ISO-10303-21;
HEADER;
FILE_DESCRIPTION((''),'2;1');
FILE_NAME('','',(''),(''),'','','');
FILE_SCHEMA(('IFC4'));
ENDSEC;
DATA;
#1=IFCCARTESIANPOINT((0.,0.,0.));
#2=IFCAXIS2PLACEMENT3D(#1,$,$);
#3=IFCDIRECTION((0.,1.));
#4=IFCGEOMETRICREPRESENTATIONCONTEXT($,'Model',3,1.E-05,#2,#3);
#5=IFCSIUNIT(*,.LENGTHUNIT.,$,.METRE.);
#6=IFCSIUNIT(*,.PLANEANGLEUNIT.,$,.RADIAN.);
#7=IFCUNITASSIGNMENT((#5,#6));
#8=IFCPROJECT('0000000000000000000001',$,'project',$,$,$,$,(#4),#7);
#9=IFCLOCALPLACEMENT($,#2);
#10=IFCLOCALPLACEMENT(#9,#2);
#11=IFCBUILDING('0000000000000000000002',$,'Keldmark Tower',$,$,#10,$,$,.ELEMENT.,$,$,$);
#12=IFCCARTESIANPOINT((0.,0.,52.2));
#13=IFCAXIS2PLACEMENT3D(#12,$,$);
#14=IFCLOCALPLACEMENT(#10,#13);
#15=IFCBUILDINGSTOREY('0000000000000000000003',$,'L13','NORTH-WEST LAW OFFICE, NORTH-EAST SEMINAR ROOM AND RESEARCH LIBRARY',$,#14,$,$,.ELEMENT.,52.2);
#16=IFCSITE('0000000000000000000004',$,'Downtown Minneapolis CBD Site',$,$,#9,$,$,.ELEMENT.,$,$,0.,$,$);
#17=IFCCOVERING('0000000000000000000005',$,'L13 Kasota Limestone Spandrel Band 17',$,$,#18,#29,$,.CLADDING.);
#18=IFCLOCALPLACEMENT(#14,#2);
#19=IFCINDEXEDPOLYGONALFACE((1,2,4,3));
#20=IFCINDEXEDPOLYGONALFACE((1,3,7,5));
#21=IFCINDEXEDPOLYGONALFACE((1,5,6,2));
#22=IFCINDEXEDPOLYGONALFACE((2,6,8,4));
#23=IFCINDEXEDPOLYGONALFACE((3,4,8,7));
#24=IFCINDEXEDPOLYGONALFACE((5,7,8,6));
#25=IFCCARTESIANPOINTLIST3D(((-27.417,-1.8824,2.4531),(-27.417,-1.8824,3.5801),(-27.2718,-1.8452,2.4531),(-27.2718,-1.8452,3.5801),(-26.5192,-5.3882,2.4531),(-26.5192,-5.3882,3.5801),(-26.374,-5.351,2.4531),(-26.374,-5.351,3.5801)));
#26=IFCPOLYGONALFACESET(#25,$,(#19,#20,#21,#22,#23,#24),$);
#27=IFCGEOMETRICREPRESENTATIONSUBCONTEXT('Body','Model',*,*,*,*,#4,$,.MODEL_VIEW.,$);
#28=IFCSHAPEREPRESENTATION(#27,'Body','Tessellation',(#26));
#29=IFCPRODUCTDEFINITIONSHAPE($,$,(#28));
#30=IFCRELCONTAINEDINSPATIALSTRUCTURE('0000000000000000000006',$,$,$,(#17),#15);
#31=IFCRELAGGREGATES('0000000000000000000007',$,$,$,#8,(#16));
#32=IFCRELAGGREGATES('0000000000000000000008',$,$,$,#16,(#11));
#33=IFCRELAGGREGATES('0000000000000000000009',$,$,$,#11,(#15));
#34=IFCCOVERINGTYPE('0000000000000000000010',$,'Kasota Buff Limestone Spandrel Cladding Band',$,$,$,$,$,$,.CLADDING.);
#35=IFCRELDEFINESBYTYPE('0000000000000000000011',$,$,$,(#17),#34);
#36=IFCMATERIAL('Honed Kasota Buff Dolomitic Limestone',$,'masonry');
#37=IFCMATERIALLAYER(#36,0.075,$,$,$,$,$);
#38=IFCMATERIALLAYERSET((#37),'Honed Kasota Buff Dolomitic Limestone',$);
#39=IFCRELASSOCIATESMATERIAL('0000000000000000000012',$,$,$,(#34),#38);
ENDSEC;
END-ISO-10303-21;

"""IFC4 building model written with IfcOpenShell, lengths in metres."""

from ifc_helpers import new_model, si_unit, direction, frame, origin, origin_2d, place, context, subcontext, project, spatial, rectangle, extrude, material, layer, layer_set, type_object, element, save


model = new_model("IFC4")

# Units and contexts
model_context = context("Model", 3, precision=1e-05, world=origin(), true_north=direction((0.0, 1.0)))
body_context = subcontext(model_context, "Body", "Model", "MODEL_VIEW")
ifc_project = project(units=[si_unit("LENGTHUNIT", "METRE"), si_unit("PLANEANGLEUNIT", "RADIAN")], contexts=[model_context])

# Site, building, storey
site_placement = place(None, origin())
site = spatial("IfcSite", under=ifc_project, at=site_placement, Name="Downtown Minneapolis CBD Site", CompositionType="ELEMENT", RefElevation=0.0)
building_placement = place(site_placement, origin())
building = spatial("IfcBuilding", under=site, at=building_placement, Name="Keldmark Tower", CompositionType="ELEMENT")
storey_placement = place(building_placement, frame((0.0, 0.0, 52.2)))
storey = spatial("IfcBuildingStorey", under=building, at=storey_placement, Name="L13", Description="NORTH-WEST LAW OFFICE, NORTH-EAST SEMINAR ROOM AND RESEARCH LIBRARY", CompositionType="ELEMENT", Elevation=52.2)

# Covering
ifc_material_1 = material(Name="Honed Kasota Buff Dolomitic Limestone", Category="masonry")
ifc_layer_1 = layer(ifc_material_1, 0.075)
ifc_layer_set_1 = layer_set([ifc_layer_1], Name="Honed Kasota Buff Dolomitic Limestone")
covering_type = type_object("IfcCoveringType", Name="Kasota Buff Limestone Spandrel Cladding Band", PredefinedType="CLADDING", material=ifc_layer_set_1)
covering_placement = place(storey_placement, frame((-26.8955, -3.6167, 2.4531), z_axis=(0.0, 0.0, 1.0), x_axis=(0.248098, -0.968735, 0.0)))
element("IfcCovering", 1, at=covering_placement, inside=storey, type_object=covering_type, Name="L13 Kasota Limestone Spandrel Band 17", PredefinedType="CLADDING", context=body_context, shape_type="SweptSolid", body=[
    extrude(rectangle(XDim=3.6189, YDim=0.1499, at=origin_2d()), origin(), (0.0, 0.0, 1.0), 1.127),
])

save(model, "model.ifc")
